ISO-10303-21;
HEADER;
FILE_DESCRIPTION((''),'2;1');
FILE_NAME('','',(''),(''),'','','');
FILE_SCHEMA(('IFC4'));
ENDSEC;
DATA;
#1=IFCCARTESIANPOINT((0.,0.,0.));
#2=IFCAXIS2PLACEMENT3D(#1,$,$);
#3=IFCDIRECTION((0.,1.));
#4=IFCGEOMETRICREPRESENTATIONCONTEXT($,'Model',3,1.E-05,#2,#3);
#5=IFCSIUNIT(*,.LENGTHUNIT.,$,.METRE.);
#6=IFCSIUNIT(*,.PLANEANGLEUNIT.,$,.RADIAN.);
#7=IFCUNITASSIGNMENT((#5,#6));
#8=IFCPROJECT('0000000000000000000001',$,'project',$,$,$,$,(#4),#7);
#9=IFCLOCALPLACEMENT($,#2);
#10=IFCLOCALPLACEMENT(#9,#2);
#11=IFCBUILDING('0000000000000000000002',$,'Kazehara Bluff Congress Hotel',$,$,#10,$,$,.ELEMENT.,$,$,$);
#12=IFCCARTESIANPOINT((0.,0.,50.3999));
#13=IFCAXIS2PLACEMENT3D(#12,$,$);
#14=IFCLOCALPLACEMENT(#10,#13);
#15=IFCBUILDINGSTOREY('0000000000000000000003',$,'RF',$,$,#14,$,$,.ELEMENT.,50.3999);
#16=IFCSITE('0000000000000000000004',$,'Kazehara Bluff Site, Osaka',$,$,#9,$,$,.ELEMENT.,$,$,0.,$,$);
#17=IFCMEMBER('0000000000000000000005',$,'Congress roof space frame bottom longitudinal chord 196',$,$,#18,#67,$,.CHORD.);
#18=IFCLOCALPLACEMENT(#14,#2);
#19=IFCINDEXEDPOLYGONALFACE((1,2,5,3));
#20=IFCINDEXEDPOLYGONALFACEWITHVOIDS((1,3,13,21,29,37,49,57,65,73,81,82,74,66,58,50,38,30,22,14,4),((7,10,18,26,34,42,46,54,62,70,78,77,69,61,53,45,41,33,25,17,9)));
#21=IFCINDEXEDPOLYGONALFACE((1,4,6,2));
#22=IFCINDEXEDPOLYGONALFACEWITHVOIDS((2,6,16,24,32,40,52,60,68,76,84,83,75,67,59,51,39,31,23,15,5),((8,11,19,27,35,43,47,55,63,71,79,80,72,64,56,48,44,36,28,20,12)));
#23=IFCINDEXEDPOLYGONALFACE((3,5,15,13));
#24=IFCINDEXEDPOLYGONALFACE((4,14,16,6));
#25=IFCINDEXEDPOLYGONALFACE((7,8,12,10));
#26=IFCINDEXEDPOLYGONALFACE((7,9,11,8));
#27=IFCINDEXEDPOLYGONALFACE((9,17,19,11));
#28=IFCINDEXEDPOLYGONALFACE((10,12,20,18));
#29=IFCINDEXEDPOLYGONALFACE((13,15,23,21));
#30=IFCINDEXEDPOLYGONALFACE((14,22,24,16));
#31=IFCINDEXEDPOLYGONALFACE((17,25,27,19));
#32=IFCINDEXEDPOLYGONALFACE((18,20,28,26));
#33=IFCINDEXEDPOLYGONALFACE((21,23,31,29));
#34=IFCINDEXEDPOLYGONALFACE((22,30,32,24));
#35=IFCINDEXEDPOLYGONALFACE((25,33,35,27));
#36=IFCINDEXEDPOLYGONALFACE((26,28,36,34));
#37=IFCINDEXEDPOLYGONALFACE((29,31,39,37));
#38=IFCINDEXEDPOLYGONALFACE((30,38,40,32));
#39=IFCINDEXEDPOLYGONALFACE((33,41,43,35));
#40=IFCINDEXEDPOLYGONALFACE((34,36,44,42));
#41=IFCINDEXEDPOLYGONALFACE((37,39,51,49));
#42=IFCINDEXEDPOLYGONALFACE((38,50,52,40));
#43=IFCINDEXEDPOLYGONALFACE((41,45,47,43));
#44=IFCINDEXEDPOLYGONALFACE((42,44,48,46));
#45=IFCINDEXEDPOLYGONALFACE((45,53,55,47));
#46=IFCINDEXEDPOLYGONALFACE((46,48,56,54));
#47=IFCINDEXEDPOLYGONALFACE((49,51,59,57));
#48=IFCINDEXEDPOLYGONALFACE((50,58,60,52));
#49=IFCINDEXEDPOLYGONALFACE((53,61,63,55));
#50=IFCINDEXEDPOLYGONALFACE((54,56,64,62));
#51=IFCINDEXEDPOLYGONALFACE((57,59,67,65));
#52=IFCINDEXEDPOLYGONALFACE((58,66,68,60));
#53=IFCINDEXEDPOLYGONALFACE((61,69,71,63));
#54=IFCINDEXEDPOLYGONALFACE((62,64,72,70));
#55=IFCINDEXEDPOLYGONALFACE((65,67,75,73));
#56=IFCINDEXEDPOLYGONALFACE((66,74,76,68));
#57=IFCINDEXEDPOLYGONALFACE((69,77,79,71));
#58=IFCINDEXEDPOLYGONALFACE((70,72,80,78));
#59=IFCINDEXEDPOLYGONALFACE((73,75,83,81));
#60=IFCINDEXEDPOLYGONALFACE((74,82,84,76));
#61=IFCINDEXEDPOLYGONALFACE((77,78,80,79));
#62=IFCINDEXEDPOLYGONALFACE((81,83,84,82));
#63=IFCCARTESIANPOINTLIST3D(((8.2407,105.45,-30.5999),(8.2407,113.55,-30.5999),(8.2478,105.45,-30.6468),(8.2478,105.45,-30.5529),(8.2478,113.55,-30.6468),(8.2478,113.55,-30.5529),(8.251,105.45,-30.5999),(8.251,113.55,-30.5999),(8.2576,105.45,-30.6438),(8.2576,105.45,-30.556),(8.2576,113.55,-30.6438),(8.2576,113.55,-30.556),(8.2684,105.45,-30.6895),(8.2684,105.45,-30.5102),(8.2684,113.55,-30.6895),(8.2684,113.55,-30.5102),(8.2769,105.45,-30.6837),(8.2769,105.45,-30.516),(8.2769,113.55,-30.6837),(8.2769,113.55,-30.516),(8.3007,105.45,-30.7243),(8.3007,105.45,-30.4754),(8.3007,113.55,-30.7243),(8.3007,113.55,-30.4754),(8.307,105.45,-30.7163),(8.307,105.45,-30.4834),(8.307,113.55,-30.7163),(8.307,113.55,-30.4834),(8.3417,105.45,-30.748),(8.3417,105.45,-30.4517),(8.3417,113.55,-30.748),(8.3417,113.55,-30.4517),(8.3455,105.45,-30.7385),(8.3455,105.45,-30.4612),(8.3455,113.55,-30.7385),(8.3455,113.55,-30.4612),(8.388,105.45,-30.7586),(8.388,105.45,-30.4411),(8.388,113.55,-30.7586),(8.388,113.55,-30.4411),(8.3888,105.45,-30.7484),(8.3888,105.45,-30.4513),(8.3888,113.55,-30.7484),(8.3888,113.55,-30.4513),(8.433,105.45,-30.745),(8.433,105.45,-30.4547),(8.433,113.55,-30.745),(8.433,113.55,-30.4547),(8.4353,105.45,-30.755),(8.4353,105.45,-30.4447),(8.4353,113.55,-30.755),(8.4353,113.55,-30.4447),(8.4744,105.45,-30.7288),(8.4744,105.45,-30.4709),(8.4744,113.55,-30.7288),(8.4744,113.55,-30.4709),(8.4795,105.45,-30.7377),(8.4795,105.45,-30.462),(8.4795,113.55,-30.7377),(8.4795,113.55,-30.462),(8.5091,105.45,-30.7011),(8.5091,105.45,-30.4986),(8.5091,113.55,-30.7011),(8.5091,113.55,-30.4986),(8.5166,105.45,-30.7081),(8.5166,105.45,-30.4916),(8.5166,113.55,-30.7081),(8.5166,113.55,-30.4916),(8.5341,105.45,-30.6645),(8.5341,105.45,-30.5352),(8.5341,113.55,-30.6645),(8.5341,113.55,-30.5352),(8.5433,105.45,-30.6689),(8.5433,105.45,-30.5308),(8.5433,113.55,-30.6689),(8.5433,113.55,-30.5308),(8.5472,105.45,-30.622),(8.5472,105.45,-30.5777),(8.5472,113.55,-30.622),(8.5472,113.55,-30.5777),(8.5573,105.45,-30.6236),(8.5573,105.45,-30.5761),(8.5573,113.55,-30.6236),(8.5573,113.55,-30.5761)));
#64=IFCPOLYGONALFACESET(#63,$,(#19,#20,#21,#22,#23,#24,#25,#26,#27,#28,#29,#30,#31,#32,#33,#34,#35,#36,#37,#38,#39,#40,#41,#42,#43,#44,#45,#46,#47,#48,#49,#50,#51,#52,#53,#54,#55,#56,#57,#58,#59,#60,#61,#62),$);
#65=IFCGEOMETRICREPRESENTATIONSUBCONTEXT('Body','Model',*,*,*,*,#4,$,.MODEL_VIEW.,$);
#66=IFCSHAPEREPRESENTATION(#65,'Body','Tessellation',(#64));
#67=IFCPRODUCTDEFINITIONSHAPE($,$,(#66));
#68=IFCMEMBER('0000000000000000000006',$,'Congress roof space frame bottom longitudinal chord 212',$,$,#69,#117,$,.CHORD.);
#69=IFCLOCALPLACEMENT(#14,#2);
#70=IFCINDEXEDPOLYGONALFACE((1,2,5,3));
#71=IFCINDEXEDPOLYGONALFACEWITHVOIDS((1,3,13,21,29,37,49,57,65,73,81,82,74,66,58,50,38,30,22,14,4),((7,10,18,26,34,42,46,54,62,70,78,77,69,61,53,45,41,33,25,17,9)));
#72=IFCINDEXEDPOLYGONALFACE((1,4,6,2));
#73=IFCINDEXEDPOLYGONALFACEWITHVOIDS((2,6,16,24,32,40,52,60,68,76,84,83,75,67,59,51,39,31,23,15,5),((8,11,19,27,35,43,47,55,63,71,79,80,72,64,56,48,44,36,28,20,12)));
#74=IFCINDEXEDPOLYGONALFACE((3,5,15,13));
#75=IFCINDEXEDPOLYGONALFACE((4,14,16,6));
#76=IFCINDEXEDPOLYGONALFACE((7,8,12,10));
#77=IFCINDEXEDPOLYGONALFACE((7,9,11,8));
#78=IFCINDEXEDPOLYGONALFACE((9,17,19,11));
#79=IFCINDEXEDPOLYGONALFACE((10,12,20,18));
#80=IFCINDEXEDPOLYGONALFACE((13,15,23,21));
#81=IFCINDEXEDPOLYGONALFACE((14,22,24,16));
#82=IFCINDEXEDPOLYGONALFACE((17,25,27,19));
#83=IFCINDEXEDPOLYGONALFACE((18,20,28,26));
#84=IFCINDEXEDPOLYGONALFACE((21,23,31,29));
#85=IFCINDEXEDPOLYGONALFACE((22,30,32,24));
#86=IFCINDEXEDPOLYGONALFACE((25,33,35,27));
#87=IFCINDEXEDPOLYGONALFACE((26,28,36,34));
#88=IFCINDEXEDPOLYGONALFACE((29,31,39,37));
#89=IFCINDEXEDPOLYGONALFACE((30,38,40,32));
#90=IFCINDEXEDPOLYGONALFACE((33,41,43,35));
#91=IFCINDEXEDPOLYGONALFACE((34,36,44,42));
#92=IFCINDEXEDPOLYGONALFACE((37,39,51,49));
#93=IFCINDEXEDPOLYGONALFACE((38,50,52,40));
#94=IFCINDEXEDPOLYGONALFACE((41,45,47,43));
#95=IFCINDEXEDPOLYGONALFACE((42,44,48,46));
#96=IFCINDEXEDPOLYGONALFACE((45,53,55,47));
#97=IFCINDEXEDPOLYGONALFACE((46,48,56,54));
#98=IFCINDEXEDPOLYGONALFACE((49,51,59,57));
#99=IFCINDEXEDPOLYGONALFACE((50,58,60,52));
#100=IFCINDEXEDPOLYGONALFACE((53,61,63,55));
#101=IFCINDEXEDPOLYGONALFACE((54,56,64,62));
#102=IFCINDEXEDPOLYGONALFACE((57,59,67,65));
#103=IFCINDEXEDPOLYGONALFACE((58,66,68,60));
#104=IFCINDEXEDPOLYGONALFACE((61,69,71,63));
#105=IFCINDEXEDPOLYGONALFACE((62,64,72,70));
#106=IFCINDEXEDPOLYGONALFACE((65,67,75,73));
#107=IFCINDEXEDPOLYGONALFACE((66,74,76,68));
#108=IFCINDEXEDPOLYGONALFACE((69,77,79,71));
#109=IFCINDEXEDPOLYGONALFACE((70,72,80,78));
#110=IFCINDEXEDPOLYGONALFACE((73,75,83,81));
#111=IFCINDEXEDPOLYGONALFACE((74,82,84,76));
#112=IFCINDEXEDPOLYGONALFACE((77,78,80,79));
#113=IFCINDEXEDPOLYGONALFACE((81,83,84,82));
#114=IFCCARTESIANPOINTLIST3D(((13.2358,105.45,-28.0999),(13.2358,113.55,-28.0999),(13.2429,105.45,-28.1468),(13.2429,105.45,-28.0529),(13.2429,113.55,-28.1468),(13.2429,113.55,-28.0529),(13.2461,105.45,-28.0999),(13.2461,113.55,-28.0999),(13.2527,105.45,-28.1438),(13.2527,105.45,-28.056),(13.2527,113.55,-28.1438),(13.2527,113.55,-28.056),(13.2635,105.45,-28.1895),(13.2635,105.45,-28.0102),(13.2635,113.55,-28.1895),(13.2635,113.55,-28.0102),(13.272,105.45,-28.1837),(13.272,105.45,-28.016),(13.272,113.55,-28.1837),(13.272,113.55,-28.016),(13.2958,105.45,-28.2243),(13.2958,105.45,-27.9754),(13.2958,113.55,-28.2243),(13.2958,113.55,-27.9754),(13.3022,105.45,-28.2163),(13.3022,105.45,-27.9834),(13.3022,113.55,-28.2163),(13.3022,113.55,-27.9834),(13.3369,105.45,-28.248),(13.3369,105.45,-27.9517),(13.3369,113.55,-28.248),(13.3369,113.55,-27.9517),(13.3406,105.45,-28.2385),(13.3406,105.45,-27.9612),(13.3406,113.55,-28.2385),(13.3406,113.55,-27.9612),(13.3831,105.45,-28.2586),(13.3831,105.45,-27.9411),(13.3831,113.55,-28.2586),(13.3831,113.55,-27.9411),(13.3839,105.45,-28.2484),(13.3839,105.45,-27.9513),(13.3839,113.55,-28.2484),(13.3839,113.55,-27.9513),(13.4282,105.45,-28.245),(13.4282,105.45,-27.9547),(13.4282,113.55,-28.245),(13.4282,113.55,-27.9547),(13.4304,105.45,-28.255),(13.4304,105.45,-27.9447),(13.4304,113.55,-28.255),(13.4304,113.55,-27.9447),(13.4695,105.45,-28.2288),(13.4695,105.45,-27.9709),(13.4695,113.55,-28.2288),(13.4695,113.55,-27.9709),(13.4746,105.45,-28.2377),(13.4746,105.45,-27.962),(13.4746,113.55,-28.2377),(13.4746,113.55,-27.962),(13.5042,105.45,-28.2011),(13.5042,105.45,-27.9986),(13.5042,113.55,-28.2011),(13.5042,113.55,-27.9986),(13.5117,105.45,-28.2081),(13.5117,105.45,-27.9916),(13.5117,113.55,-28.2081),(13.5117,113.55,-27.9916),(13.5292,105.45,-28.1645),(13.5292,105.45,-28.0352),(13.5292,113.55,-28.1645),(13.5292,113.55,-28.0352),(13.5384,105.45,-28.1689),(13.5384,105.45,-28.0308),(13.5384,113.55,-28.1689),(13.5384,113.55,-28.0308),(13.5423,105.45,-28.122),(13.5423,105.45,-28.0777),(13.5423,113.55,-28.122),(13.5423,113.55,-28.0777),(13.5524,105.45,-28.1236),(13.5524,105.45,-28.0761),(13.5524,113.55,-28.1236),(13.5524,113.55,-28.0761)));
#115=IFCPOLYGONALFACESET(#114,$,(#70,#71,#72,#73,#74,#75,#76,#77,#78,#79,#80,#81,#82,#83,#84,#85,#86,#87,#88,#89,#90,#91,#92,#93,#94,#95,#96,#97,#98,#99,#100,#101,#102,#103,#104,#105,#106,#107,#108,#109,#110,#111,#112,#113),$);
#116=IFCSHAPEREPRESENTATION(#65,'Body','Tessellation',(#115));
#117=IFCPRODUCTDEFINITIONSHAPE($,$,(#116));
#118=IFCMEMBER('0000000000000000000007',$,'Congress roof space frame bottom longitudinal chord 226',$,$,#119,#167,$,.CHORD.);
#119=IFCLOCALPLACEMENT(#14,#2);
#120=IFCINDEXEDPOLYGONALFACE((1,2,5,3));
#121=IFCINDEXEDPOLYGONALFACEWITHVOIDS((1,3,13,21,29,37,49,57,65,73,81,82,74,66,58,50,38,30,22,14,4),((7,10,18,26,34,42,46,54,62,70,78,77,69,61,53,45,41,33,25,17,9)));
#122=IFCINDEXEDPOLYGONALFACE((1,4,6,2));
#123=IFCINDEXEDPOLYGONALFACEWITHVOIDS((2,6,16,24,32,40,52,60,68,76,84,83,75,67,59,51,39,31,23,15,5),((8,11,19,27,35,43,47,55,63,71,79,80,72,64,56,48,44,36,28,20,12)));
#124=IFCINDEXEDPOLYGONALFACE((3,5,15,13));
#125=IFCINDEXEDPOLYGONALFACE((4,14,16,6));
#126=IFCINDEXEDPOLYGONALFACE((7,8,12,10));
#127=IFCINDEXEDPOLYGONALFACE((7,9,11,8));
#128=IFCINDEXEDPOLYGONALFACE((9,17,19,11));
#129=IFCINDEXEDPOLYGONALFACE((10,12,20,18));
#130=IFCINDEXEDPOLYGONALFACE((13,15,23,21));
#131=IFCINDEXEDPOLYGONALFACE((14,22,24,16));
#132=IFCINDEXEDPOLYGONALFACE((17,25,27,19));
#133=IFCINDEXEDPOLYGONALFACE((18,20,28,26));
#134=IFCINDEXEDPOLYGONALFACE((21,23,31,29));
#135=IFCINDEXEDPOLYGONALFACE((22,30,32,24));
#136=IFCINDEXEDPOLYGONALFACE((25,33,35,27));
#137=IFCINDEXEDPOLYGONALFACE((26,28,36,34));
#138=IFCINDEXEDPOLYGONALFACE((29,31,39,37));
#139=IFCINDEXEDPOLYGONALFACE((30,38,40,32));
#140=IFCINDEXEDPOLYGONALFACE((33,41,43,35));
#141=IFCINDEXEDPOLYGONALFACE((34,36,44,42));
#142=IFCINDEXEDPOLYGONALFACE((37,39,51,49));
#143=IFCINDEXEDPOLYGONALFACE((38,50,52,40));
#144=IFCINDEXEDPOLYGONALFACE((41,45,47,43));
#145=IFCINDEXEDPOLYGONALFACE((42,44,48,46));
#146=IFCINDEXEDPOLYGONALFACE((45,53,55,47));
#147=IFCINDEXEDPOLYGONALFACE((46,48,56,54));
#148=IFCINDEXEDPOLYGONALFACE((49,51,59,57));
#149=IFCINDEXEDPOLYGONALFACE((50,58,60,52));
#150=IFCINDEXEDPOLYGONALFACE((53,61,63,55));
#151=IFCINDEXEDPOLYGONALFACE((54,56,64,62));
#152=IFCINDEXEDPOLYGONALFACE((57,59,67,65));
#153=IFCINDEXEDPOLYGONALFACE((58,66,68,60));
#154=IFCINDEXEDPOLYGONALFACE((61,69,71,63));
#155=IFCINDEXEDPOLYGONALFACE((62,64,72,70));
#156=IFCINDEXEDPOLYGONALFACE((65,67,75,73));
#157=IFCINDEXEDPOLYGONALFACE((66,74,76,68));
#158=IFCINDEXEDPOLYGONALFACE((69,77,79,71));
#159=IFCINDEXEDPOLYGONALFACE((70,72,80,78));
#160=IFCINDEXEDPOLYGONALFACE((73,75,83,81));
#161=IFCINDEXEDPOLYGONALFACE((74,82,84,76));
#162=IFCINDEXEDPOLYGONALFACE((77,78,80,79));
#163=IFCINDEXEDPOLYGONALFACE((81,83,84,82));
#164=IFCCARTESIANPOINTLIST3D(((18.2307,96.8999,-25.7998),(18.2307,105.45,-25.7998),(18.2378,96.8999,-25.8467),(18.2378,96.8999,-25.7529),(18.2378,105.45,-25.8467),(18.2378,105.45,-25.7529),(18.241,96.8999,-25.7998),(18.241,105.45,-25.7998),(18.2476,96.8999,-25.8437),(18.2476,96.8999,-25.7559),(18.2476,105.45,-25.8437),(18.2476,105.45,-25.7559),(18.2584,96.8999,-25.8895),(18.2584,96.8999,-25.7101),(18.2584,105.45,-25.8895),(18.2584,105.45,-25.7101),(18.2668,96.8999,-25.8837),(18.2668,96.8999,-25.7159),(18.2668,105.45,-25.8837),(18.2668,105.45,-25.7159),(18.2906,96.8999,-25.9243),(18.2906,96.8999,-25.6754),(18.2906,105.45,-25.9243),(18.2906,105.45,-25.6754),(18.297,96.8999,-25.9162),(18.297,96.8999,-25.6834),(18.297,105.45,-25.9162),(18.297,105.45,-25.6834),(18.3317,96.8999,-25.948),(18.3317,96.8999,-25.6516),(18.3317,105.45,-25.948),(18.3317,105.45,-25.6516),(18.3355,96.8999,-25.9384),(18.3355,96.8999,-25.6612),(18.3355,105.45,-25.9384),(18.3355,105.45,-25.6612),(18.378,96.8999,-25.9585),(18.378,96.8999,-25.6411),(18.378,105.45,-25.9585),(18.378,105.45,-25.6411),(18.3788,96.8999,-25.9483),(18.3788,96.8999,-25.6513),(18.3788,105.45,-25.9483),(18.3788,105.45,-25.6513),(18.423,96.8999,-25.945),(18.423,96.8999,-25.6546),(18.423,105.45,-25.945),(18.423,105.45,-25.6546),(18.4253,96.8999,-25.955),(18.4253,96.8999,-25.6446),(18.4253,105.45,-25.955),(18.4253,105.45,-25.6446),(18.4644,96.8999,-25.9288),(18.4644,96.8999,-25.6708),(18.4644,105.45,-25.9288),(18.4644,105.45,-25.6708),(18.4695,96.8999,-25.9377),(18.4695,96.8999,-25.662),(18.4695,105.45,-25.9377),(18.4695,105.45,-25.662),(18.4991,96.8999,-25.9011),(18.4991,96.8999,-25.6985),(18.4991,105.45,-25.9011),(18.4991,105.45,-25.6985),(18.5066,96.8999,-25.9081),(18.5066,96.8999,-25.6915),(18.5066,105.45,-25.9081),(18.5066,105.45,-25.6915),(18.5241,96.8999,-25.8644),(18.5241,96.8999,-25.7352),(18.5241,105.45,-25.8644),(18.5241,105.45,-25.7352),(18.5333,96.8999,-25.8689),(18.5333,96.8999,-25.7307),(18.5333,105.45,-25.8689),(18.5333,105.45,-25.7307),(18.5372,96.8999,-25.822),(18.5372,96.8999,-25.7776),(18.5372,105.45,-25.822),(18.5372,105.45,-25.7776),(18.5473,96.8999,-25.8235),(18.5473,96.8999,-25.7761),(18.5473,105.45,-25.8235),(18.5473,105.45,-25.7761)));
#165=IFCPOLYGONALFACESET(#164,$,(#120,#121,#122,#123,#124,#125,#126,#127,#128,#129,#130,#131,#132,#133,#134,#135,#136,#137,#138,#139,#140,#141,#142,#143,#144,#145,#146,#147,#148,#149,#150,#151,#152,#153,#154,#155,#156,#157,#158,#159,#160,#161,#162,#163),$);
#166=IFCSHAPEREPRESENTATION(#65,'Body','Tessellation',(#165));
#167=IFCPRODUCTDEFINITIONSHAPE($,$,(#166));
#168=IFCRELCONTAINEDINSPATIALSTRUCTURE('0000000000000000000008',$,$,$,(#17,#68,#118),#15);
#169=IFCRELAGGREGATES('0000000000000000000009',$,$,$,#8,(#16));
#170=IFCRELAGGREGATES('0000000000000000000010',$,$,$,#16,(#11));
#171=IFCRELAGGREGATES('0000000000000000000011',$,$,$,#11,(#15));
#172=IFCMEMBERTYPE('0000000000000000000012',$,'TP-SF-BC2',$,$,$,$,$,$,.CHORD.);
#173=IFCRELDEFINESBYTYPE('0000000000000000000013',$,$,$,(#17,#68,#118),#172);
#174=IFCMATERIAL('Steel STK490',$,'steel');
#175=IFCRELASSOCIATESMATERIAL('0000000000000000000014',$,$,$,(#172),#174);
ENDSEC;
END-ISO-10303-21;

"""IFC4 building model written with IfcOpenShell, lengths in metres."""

from ifc_helpers import new_model, si_unit, direction, frame, origin, origin_2d, place, context, subcontext, project, spatial, hollow_circle, extrude, material, material_profile, profile_set, type_object, element, save


model = new_model("IFC4")

# Units and contexts
model_context = context("Model", 3, precision=1e-05, world=origin(), true_north=direction((0.0, 1.0)))
body_context = subcontext(model_context, "Body", "Model", "MODEL_VIEW")
ifc_project = project(units=[si_unit("LENGTHUNIT", "METRE"), si_unit("PLANEANGLEUNIT", "RADIAN")], contexts=[model_context])

# Site, building, storey
site_placement = place(None, origin())
site = spatial("IfcSite", under=ifc_project, at=site_placement, Name="Kazehara Bluff Site, Osaka", CompositionType="ELEMENT", RefElevation=0.0)
building_placement = place(site_placement, origin())
building = spatial("IfcBuilding", under=site, at=building_placement, Name="Kazehara Bluff Congress Hotel", CompositionType="ELEMENT")
storey_placement = place(building_placement, frame((0.0, 0.0, 50.3999)))
storey = spatial("IfcBuildingStorey", under=building, at=storey_placement, Name="RF", CompositionType="ELEMENT", Elevation=50.3999)

# Members
ifc_material_1 = material(Name="Steel STK490", Category="steel")
ifc_material_profile_1 = material_profile(ifc_material_1, hollow_circle(Radius=0.1592, WallThickness=0.0103, at=origin_2d()))
ifc_profile_set_1 = profile_set([ifc_material_profile_1], Name="Steel STK490")
member_type_1 = type_object("IfcMemberType", Name="TP-SF-BC2", PredefinedType="CHORD", material=ifc_profile_set_1)
for number, where, z_axis, x_axis, name in (
    (1, (8.3999, 105.45, -30.5999), (0.0, 1.0, 0.0), (-1.0, 0.0, 0.0), "Congress roof space frame bottom longitudinal chord 196"),
    (2, (13.395, 105.45, -28.0999), (0.0, 1.0, 0.0), (-1.0, 0.0, 0.0), "Congress roof space frame bottom longitudinal chord 212"),
):
    element("IfcMember", number, at=place(storey_placement, frame(where, z_axis=z_axis, x_axis=x_axis)), inside=storey, type_object=member_type_1, Name=name, PredefinedType="CHORD", context=body_context, shape_type="SweptSolid", body=[
        extrude(hollow_circle(Radius=0.1592, WallThickness=0.0103, at=origin_2d()), origin(), (0.0, 0.0, 1.0), 8.1001),
    ])
member_1_placement = place(storey_placement, frame((18.3899, 96.8999, -25.7998), z_axis=(0.0, 1.0, 0.0), x_axis=(-1.0, 0.0, 0.0)))
element("IfcMember", 3, at=member_1_placement, inside=storey, type_object=member_type_1, Name="Congress roof space frame bottom longitudinal chord 226", PredefinedType="CHORD", context=body_context, shape_type="SweptSolid", body=[
    extrude(hollow_circle(Radius=0.1592, WallThickness=0.0103, at=origin_2d()), origin(), (0.0, 0.0, 1.0), 8.55),
])

save(model, "model.ifc")
